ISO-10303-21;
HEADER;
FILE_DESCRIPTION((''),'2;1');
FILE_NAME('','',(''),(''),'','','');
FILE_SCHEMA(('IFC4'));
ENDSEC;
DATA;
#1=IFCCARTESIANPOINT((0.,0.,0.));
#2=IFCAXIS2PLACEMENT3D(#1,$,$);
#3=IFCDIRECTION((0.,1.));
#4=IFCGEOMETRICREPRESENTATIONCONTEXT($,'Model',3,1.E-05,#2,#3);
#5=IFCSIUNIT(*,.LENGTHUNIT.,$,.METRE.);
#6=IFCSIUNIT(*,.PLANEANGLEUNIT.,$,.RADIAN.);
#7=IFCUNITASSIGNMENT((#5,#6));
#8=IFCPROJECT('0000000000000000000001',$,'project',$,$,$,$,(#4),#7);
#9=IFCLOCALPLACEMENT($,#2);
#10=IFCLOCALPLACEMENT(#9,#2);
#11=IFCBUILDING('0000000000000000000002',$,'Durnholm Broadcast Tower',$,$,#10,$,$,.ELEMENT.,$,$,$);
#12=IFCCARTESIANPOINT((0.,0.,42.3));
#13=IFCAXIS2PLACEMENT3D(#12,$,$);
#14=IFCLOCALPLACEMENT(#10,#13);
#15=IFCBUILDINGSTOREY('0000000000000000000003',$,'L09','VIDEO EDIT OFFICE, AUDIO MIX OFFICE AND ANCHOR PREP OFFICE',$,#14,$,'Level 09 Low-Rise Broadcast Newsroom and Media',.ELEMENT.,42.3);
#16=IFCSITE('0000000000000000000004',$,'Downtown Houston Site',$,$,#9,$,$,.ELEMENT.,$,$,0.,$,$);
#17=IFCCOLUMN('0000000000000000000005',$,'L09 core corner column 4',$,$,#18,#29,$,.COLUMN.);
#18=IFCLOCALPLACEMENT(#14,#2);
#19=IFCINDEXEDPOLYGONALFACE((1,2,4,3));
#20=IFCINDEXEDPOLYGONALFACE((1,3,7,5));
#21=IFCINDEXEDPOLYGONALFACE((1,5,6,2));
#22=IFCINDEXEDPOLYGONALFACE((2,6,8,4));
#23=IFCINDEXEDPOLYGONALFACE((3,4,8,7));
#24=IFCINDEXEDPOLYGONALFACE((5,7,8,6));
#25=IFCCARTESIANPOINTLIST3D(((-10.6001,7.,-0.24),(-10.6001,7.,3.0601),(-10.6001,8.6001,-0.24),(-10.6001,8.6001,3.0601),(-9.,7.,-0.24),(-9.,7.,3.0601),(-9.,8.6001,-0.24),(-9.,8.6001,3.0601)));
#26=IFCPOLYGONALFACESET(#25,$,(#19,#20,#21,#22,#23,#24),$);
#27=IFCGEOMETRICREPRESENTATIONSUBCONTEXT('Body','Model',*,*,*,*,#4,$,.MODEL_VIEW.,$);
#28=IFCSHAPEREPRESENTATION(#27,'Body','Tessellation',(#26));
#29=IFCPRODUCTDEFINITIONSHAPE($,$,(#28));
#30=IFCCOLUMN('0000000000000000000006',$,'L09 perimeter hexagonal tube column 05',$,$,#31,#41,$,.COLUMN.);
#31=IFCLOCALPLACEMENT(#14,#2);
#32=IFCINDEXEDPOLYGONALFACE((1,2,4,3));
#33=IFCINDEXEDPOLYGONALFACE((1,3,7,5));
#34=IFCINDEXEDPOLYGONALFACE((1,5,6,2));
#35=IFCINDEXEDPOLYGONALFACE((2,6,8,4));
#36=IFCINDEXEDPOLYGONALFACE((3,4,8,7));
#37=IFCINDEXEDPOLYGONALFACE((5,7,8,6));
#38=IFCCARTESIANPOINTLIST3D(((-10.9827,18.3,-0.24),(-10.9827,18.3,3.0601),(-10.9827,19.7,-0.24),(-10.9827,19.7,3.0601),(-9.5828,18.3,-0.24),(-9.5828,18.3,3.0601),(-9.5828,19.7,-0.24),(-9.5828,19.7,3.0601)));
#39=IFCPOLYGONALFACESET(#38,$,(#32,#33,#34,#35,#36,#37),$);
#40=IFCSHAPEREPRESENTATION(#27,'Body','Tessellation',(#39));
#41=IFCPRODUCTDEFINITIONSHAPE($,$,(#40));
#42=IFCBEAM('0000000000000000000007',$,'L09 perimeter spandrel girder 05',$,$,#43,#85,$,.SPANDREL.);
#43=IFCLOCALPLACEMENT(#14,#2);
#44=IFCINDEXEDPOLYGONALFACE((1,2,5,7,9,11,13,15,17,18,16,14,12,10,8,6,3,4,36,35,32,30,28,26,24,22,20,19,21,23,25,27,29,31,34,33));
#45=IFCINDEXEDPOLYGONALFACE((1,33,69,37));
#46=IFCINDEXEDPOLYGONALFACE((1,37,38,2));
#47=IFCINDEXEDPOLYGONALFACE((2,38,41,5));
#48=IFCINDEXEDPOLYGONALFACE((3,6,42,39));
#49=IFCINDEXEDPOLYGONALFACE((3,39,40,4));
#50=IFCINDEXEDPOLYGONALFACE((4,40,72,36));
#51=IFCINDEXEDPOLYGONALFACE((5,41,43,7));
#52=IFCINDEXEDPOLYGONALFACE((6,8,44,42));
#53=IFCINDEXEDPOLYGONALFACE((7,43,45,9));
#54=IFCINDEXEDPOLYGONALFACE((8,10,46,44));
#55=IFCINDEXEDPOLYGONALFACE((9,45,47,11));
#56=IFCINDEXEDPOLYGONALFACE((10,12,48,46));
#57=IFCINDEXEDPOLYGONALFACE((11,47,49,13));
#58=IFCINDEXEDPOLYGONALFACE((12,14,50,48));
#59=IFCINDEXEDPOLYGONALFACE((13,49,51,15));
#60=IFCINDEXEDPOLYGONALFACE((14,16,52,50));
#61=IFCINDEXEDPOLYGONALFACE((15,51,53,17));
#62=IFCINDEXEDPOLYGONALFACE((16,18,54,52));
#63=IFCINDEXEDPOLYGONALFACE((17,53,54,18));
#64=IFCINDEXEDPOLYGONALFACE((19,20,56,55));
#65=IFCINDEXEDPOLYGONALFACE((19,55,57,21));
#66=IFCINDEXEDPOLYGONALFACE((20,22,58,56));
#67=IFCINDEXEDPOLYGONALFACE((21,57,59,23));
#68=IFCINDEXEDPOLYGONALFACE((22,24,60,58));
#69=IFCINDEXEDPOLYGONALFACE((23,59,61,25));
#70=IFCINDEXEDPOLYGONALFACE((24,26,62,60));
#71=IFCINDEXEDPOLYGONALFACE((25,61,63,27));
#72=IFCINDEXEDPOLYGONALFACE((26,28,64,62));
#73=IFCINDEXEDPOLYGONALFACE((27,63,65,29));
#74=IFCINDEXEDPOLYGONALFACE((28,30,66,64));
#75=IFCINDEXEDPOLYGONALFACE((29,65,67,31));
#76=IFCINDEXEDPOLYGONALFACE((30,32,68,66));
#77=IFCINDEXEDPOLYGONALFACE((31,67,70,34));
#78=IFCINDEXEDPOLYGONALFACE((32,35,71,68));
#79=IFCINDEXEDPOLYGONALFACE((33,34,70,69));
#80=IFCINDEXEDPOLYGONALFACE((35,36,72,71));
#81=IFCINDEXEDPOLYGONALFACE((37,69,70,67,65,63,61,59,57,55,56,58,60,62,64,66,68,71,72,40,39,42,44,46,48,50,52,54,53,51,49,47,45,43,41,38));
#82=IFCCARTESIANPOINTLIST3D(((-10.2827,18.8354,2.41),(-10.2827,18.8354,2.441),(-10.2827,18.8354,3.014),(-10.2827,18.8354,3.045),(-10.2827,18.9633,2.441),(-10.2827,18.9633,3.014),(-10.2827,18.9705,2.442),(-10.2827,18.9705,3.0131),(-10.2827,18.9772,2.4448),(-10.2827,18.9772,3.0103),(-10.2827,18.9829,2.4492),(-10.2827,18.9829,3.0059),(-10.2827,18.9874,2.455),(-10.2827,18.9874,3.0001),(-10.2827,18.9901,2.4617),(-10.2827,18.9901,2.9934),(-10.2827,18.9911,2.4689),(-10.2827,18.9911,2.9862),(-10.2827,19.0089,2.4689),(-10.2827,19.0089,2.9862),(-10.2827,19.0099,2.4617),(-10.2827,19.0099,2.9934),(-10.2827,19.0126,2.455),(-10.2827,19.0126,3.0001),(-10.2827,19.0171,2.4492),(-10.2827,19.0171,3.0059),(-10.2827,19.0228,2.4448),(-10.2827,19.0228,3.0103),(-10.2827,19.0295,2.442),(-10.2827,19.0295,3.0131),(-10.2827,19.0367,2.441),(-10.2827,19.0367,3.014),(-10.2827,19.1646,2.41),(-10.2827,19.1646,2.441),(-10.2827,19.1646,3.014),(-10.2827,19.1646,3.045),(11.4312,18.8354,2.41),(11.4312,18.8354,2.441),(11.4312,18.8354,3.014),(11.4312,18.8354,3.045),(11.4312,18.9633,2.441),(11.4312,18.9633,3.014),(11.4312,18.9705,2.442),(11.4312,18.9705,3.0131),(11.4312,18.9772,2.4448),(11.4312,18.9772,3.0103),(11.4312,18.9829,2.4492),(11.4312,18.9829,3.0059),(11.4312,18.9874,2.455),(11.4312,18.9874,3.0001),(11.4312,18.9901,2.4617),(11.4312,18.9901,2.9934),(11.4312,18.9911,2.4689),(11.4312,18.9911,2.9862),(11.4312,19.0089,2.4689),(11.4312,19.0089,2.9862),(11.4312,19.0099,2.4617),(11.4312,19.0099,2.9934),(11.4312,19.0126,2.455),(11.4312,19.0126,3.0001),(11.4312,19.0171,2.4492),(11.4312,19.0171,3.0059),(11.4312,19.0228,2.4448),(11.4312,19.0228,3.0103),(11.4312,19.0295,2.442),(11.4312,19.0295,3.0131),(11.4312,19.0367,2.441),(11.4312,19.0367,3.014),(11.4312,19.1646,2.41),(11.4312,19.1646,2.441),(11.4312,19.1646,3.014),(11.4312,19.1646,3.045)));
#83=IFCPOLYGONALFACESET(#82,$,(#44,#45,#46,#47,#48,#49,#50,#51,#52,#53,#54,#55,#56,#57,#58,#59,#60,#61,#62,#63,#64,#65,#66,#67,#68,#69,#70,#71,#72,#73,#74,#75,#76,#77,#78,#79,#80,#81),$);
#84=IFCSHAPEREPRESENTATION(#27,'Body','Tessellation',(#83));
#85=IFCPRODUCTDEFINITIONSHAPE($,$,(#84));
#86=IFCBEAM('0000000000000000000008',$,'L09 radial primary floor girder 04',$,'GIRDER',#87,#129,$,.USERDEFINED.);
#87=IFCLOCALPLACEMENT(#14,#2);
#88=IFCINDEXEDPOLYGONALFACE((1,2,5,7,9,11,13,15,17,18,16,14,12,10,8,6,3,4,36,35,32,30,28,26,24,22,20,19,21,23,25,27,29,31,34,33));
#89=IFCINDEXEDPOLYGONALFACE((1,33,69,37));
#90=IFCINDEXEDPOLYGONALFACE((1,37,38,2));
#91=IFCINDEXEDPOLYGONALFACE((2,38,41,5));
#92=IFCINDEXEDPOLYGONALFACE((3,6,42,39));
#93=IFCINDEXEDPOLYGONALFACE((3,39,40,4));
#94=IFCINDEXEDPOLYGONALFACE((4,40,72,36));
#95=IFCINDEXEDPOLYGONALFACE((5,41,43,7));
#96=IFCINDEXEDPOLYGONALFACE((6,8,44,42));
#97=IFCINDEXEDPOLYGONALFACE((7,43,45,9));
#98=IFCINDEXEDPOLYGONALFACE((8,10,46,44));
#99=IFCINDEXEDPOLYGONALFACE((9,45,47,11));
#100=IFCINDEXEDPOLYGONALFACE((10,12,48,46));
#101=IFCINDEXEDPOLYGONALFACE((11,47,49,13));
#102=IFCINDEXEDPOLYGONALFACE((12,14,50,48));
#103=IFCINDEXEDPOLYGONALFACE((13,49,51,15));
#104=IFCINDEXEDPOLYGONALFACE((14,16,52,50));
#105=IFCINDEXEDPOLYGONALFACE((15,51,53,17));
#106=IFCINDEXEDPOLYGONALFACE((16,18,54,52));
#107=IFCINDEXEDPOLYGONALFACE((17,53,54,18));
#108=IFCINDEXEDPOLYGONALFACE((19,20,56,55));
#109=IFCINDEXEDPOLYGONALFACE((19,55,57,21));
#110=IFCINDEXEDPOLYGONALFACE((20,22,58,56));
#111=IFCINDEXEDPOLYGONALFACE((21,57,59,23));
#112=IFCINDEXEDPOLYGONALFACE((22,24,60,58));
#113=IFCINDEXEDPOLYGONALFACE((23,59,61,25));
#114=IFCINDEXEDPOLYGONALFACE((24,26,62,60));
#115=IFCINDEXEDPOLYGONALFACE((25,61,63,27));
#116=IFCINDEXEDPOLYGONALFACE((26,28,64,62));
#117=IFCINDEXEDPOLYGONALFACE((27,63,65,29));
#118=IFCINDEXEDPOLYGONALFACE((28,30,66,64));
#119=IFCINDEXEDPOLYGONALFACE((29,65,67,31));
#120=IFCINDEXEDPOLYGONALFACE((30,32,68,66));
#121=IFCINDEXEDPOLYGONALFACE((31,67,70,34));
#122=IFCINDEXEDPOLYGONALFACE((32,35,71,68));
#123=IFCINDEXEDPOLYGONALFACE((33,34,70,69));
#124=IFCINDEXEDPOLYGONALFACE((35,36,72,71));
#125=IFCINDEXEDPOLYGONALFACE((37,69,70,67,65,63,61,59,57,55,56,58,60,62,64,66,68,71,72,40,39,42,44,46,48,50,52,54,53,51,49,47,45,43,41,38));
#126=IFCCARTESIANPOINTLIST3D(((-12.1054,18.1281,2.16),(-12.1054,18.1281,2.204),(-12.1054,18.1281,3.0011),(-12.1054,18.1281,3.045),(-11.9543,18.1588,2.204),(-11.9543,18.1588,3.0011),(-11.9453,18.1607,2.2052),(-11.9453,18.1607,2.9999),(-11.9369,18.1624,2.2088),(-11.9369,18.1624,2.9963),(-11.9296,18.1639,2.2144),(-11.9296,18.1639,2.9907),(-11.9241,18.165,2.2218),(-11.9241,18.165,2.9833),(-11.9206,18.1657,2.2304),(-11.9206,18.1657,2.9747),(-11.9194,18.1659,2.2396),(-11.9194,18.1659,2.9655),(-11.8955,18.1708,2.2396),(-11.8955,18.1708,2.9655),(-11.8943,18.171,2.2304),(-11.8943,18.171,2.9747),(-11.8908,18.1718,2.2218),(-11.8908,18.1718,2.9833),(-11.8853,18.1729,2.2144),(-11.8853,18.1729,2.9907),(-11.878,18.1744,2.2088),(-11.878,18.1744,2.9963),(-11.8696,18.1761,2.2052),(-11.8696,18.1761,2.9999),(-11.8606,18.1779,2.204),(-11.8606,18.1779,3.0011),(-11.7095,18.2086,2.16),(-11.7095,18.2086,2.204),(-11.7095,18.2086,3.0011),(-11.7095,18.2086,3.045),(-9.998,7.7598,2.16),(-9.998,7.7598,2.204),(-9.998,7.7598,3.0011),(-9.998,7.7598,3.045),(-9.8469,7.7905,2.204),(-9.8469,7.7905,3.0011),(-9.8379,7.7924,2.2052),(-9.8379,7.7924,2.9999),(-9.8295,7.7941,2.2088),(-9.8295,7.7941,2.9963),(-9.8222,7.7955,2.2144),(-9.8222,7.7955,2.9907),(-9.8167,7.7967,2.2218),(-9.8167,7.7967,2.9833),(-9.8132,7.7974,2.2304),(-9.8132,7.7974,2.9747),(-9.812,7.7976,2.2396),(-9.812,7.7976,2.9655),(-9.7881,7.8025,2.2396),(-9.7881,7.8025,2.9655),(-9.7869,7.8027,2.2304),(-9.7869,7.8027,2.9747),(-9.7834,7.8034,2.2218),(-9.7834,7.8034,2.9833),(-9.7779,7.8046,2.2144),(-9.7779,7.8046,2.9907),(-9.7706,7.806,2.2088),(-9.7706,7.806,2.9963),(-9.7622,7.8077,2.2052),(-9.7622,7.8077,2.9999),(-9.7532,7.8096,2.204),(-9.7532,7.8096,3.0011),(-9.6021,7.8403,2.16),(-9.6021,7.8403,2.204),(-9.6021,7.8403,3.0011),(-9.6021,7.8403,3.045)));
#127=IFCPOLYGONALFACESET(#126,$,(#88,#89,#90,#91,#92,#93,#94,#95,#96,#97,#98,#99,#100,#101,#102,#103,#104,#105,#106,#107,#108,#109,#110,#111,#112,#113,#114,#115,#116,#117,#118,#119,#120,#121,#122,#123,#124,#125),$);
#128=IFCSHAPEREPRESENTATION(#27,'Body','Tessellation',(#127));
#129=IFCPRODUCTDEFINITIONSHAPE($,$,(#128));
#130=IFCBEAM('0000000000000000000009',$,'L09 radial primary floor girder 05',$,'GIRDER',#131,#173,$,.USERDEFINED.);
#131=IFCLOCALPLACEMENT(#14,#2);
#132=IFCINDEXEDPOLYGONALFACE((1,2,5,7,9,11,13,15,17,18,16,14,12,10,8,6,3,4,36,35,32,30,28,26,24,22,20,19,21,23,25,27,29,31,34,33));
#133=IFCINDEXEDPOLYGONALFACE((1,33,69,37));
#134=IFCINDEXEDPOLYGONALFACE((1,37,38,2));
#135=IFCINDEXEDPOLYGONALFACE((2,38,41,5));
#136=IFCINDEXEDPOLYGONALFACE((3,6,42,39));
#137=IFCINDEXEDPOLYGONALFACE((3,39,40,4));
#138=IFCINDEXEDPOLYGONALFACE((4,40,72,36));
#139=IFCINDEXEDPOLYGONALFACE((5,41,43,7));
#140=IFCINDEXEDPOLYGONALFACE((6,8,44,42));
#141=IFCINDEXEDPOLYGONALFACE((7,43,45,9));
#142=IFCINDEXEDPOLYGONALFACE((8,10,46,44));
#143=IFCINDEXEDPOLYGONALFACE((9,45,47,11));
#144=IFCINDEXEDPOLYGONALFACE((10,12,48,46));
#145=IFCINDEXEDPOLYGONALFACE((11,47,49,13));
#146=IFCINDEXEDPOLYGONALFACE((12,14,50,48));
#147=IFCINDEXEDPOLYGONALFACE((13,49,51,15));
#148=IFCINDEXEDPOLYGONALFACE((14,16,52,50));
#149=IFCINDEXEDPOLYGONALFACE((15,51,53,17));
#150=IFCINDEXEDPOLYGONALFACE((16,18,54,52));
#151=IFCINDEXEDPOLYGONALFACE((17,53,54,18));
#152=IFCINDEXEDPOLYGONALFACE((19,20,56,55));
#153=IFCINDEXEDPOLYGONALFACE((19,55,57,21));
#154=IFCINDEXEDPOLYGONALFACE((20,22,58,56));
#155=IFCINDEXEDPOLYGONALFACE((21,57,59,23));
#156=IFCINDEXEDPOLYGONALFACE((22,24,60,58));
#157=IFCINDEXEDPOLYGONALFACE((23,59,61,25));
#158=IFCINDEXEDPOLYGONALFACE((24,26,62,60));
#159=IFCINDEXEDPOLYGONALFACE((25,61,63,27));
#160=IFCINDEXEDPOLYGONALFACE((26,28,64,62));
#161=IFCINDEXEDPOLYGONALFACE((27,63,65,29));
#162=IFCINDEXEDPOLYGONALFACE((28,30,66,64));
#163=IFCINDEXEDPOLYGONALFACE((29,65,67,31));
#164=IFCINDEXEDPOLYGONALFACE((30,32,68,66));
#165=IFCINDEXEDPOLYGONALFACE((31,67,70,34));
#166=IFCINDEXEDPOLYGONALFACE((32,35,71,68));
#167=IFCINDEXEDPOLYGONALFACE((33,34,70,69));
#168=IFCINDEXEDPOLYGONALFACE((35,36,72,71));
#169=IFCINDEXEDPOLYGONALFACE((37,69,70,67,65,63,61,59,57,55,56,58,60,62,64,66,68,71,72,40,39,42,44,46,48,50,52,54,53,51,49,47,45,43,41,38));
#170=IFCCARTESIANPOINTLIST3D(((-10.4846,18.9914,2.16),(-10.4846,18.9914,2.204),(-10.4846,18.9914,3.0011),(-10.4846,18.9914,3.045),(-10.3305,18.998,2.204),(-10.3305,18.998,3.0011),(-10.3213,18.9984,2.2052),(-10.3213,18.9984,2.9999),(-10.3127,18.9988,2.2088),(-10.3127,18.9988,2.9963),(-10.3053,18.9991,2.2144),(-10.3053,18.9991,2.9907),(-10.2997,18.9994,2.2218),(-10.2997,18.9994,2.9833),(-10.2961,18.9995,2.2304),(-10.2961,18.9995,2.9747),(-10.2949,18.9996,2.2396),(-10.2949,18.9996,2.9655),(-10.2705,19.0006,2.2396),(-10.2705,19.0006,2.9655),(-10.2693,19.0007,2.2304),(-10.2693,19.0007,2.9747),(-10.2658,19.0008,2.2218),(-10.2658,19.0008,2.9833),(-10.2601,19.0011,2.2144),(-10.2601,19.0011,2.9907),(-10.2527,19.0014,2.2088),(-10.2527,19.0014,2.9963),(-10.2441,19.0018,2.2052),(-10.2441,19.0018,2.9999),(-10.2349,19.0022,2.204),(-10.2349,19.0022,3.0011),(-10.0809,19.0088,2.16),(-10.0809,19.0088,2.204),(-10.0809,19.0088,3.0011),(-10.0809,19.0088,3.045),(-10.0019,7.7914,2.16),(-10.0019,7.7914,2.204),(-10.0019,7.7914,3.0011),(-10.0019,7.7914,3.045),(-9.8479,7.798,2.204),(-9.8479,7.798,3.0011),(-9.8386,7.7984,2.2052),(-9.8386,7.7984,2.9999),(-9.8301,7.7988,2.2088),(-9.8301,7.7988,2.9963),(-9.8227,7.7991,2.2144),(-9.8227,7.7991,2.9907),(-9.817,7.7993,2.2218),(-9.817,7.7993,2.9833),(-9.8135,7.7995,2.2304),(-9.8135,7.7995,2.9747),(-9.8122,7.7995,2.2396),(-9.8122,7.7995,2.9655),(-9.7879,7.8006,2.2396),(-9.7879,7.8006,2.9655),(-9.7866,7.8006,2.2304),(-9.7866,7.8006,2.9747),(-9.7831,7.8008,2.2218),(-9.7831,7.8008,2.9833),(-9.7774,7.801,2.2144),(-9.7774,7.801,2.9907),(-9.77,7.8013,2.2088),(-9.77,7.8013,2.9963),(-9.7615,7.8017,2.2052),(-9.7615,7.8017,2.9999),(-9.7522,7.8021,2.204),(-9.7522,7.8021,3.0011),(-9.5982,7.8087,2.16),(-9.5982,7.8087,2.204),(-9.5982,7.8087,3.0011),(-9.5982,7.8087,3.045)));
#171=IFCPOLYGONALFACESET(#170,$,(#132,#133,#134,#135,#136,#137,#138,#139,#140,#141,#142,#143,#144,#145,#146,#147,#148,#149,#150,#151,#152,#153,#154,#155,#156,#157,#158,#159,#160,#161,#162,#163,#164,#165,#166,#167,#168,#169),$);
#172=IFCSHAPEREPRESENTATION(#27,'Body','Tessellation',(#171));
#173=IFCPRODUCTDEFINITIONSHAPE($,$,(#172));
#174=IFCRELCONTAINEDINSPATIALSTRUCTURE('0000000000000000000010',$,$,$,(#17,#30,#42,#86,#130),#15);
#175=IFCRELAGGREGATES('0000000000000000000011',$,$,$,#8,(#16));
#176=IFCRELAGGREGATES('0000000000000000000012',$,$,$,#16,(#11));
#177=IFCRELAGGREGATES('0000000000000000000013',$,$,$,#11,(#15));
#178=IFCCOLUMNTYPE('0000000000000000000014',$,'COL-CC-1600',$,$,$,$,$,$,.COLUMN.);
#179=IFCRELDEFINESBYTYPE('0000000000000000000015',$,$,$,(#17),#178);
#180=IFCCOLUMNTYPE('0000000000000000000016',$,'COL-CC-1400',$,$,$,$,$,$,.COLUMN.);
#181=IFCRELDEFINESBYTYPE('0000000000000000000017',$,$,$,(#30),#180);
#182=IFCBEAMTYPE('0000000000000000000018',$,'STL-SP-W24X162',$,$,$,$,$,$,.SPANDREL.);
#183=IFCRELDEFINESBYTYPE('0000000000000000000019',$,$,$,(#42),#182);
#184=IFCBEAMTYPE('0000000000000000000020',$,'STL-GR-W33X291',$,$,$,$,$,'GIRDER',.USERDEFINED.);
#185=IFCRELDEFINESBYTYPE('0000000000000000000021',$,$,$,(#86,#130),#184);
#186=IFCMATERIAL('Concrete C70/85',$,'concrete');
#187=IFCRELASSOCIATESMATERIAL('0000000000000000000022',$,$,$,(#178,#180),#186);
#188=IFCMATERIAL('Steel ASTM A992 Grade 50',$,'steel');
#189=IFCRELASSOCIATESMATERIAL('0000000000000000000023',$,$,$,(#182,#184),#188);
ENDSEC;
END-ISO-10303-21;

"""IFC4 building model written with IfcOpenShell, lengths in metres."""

from ifc_helpers import new_model, si_unit, direction, frame, origin, origin_2d, place, context, subcontext, project, spatial, rectangle, i_section, extrude, source, transform, mapped, material, material_profile, profile_set, type_object, type_shapes, element, save


model = new_model("IFC4")

# Units and contexts
model_context = context("Model", 3, precision=1e-05, world=origin(), true_north=direction((0.0, 1.0)))
body_context = subcontext(model_context, "Body", "Model", "MODEL_VIEW")
ifc_project = project(units=[si_unit("LENGTHUNIT", "METRE"), si_unit("PLANEANGLEUNIT", "RADIAN")], contexts=[model_context])

# Site, building, storey
site_placement = place(None, origin())
site = spatial("IfcSite", under=ifc_project, at=site_placement, Name="Downtown Houston Site", CompositionType="ELEMENT", RefElevation=0.0)
building_placement = place(site_placement, origin())
building = spatial("IfcBuilding", under=site, at=building_placement, Name="Durnholm Broadcast Tower", CompositionType="ELEMENT")
storey_placement = place(building_placement, frame((0.0, 0.0, 42.3)))
storey = spatial("IfcBuildingStorey", under=building, at=storey_placement, Name="L09", Description="VIDEO EDIT OFFICE, AUDIO MIX OFFICE AND ANCHOR PREP OFFICE", LongName="Level 09 Low-Rise Broadcast Newsroom and Media", CompositionType="ELEMENT", Elevation=42.3)

# Columns
ifc_material_1 = material(Name="Concrete C70/85", Category="concrete")
ifc_material_profile_1 = material_profile(ifc_material_1, rectangle(XDim=1.6001, YDim=1.6001, at=origin_2d()), Name="RC1600X1600")
ifc_profile_set_1 = profile_set([ifc_material_profile_1], Name="Concrete C70/85")
column_type_1 = type_object("IfcColumnType", Name="COL-CC-1600", PredefinedType="COLUMN", material=ifc_profile_set_1)
shared_shape_1 = source(origin(), body_context, "Body", "SweptSolid", [
    extrude(rectangle(XDim=1.6001, YDim=1.6001, at=origin_2d()), origin(), (0.0, 0.0, 1.0), 3.3),
])
type_shapes(column_type_1, [shared_shape_1])
column_1_placement = place(storey_placement, frame((-9.8, 7.8, -0.24), z_axis=(0.0, 0.0, 1.0), x_axis=(1.0, 0.0, 0.0)))
element("IfcColumn", 1, at=column_1_placement, inside=storey, type_object=column_type_1, Name="L09 core corner column 4", PredefinedType="COLUMN", context=body_context, shape_type="MappedRepresentation", body=[
    mapped(shared_shape_1, transform((0.0, 0.0, 0.0), x_axis=(1.0, 0.0, 0.0), y_axis=(0.0, 1.0, 0.0), z_axis=(0.0, 0.0, 1.0), scale=1.0)),
])
ifc_material_profile_2 = material_profile(ifc_material_1, rectangle(XDim=1.3999, YDim=1.3999, at=origin_2d()), Name="RC1400X1400")
ifc_profile_set_2 = profile_set([ifc_material_profile_2], Name="Concrete C70/85")
column_type_2 = type_object("IfcColumnType", Name="COL-CC-1400", PredefinedType="COLUMN", material=ifc_profile_set_2)
shared_shape_2 = source(origin(), body_context, "Body", "SweptSolid", [
    extrude(rectangle(XDim=1.3999, YDim=1.3999, at=origin_2d()), origin(), (0.0, 0.0, 1.0), 3.3),
])
type_shapes(column_type_2, [shared_shape_2])
column_2_placement = place(storey_placement, frame((-10.2827, 19.0, -0.24), z_axis=(0.0, 0.0, 1.0), x_axis=(1.0, 0.0, 0.0)))
element("IfcColumn", 2, at=column_2_placement, inside=storey, type_object=column_type_2, Name="L09 perimeter hexagonal tube column 05", PredefinedType="COLUMN", context=body_context, shape_type="MappedRepresentation", body=[
    mapped(shared_shape_2, transform((0.0, 0.0, 0.0), x_axis=(1.0, 0.0, 0.0), y_axis=(0.0, 1.0, 0.0), z_axis=(0.0, 0.0, 1.0), scale=1.0)),
])

# Beams
ifc_material_2 = material(Name="Steel ASTM A992 Grade 50", Category="steel")
ifc_material_profile_3 = material_profile(ifc_material_2, i_section(OverallWidth=0.3291, OverallDepth=0.635, WebThickness=0.0178, FlangeThickness=0.031, FilletRadius=0.0278, at=origin_2d()), Name="W24X162")
ifc_profile_set_3 = profile_set([ifc_material_profile_3], Name="Steel ASTM A992 Grade 50")
beam_type_1 = type_object("IfcBeamType", Name="STL-SP-W24X162", PredefinedType="SPANDREL", material=ifc_profile_set_3)
shared_shape_3 = source(origin(), body_context, "Body", "SweptSolid", [
    extrude(i_section(OverallWidth=0.3291, OverallDepth=0.635, WebThickness=0.0178, FlangeThickness=0.031, FilletRadius=0.0278, at=origin_2d()), origin(), (0.0, 0.0, 1.0), 21.7139),
])
type_shapes(beam_type_1, [shared_shape_3])
beam_1_placement = place(storey_placement, frame((-10.2827, 19.0, 2.7275), z_axis=(1.0, 0.0, 0.0), x_axis=(0.0, 1.0, 0.0)))
element("IfcBeam", 3, at=beam_1_placement, inside=storey, type_object=beam_type_1, Name="L09 perimeter spandrel girder 05", PredefinedType="SPANDREL", context=body_context, shape_type="MappedRepresentation", body=[
    mapped(shared_shape_3, transform((0.0, 0.0, 0.0), x_axis=(1.0, 0.0, 0.0), y_axis=(0.0, 1.0, 0.0), z_axis=(0.0, 0.0, 1.0), scale=1.0)),
])
ifc_material_profile_4 = material_profile(ifc_material_2, i_section(OverallWidth=0.4041, OverallDepth=0.885, WebThickness=0.0244, FlangeThickness=0.0439, FilletRadius=0.0356, at=origin_2d()), Name="W33X291")
ifc_profile_set_4 = profile_set([ifc_material_profile_4], Name="Steel ASTM A992 Grade 50")
beam_type_2 = type_object("IfcBeamType", Name="STL-GR-W33X291", ElementType="GIRDER", PredefinedType="USERDEFINED", material=ifc_profile_set_4)
shared_shape_4 = source(origin(), body_context, "Body", "SweptSolid", [
    extrude(i_section(OverallWidth=0.4041, OverallDepth=0.885, WebThickness=0.0244, FlangeThickness=0.0439, FilletRadius=0.0356, at=origin_2d()), origin(), (0.0, 0.0, 1.0), 10.5803),
])
beam_2_placement = place(storey_placement, frame((-9.8, 7.8, 2.6025), z_axis=(-0.199181, 0.979963, 0.0), x_axis=(-0.979963, -0.199181, 0.0)))
element("IfcBeam", 4, at=beam_2_placement, inside=storey, type_object=beam_type_2, Name="L09 radial primary floor girder 04", ObjectType="GIRDER", PredefinedType="USERDEFINED", context=body_context, shape_type="MappedRepresentation", body=[
    mapped(shared_shape_4, transform((0.0, 0.0, 0.0), x_axis=(1.0, 0.0, 0.0), y_axis=(0.0, 1.0, 0.0), z_axis=(0.0, 0.0, 1.0), scale=1.0)),
])
shared_shape_5 = source(origin(), body_context, "Body", "SweptSolid", [
    extrude(i_section(OverallWidth=0.4041, OverallDepth=0.885, WebThickness=0.0244, FlangeThickness=0.0439, FilletRadius=0.0356, at=origin_2d()), origin(), (0.0, 0.0, 1.0), 11.2104),
])
type_shapes(beam_type_2, [shared_shape_4, shared_shape_5])
beam_3_placement = place(storey_placement, frame((-9.8, 7.8, 2.6025), z_axis=(-0.043055, 0.999073, 0.0), x_axis=(-0.999073, -0.043055, 0.0)))
element("IfcBeam", 5, at=beam_3_placement, inside=storey, type_object=beam_type_2, Name="L09 radial primary floor girder 05", ObjectType="GIRDER", PredefinedType="USERDEFINED", context=body_context, shape_type="MappedRepresentation", body=[
    mapped(shared_shape_5, transform((0.0, 0.0, 0.0), x_axis=(1.0, 0.0, 0.0), y_axis=(0.0, 1.0, 0.0), z_axis=(0.0, 0.0, 1.0), scale=1.0)),
])

save(model, "model.ifc")
